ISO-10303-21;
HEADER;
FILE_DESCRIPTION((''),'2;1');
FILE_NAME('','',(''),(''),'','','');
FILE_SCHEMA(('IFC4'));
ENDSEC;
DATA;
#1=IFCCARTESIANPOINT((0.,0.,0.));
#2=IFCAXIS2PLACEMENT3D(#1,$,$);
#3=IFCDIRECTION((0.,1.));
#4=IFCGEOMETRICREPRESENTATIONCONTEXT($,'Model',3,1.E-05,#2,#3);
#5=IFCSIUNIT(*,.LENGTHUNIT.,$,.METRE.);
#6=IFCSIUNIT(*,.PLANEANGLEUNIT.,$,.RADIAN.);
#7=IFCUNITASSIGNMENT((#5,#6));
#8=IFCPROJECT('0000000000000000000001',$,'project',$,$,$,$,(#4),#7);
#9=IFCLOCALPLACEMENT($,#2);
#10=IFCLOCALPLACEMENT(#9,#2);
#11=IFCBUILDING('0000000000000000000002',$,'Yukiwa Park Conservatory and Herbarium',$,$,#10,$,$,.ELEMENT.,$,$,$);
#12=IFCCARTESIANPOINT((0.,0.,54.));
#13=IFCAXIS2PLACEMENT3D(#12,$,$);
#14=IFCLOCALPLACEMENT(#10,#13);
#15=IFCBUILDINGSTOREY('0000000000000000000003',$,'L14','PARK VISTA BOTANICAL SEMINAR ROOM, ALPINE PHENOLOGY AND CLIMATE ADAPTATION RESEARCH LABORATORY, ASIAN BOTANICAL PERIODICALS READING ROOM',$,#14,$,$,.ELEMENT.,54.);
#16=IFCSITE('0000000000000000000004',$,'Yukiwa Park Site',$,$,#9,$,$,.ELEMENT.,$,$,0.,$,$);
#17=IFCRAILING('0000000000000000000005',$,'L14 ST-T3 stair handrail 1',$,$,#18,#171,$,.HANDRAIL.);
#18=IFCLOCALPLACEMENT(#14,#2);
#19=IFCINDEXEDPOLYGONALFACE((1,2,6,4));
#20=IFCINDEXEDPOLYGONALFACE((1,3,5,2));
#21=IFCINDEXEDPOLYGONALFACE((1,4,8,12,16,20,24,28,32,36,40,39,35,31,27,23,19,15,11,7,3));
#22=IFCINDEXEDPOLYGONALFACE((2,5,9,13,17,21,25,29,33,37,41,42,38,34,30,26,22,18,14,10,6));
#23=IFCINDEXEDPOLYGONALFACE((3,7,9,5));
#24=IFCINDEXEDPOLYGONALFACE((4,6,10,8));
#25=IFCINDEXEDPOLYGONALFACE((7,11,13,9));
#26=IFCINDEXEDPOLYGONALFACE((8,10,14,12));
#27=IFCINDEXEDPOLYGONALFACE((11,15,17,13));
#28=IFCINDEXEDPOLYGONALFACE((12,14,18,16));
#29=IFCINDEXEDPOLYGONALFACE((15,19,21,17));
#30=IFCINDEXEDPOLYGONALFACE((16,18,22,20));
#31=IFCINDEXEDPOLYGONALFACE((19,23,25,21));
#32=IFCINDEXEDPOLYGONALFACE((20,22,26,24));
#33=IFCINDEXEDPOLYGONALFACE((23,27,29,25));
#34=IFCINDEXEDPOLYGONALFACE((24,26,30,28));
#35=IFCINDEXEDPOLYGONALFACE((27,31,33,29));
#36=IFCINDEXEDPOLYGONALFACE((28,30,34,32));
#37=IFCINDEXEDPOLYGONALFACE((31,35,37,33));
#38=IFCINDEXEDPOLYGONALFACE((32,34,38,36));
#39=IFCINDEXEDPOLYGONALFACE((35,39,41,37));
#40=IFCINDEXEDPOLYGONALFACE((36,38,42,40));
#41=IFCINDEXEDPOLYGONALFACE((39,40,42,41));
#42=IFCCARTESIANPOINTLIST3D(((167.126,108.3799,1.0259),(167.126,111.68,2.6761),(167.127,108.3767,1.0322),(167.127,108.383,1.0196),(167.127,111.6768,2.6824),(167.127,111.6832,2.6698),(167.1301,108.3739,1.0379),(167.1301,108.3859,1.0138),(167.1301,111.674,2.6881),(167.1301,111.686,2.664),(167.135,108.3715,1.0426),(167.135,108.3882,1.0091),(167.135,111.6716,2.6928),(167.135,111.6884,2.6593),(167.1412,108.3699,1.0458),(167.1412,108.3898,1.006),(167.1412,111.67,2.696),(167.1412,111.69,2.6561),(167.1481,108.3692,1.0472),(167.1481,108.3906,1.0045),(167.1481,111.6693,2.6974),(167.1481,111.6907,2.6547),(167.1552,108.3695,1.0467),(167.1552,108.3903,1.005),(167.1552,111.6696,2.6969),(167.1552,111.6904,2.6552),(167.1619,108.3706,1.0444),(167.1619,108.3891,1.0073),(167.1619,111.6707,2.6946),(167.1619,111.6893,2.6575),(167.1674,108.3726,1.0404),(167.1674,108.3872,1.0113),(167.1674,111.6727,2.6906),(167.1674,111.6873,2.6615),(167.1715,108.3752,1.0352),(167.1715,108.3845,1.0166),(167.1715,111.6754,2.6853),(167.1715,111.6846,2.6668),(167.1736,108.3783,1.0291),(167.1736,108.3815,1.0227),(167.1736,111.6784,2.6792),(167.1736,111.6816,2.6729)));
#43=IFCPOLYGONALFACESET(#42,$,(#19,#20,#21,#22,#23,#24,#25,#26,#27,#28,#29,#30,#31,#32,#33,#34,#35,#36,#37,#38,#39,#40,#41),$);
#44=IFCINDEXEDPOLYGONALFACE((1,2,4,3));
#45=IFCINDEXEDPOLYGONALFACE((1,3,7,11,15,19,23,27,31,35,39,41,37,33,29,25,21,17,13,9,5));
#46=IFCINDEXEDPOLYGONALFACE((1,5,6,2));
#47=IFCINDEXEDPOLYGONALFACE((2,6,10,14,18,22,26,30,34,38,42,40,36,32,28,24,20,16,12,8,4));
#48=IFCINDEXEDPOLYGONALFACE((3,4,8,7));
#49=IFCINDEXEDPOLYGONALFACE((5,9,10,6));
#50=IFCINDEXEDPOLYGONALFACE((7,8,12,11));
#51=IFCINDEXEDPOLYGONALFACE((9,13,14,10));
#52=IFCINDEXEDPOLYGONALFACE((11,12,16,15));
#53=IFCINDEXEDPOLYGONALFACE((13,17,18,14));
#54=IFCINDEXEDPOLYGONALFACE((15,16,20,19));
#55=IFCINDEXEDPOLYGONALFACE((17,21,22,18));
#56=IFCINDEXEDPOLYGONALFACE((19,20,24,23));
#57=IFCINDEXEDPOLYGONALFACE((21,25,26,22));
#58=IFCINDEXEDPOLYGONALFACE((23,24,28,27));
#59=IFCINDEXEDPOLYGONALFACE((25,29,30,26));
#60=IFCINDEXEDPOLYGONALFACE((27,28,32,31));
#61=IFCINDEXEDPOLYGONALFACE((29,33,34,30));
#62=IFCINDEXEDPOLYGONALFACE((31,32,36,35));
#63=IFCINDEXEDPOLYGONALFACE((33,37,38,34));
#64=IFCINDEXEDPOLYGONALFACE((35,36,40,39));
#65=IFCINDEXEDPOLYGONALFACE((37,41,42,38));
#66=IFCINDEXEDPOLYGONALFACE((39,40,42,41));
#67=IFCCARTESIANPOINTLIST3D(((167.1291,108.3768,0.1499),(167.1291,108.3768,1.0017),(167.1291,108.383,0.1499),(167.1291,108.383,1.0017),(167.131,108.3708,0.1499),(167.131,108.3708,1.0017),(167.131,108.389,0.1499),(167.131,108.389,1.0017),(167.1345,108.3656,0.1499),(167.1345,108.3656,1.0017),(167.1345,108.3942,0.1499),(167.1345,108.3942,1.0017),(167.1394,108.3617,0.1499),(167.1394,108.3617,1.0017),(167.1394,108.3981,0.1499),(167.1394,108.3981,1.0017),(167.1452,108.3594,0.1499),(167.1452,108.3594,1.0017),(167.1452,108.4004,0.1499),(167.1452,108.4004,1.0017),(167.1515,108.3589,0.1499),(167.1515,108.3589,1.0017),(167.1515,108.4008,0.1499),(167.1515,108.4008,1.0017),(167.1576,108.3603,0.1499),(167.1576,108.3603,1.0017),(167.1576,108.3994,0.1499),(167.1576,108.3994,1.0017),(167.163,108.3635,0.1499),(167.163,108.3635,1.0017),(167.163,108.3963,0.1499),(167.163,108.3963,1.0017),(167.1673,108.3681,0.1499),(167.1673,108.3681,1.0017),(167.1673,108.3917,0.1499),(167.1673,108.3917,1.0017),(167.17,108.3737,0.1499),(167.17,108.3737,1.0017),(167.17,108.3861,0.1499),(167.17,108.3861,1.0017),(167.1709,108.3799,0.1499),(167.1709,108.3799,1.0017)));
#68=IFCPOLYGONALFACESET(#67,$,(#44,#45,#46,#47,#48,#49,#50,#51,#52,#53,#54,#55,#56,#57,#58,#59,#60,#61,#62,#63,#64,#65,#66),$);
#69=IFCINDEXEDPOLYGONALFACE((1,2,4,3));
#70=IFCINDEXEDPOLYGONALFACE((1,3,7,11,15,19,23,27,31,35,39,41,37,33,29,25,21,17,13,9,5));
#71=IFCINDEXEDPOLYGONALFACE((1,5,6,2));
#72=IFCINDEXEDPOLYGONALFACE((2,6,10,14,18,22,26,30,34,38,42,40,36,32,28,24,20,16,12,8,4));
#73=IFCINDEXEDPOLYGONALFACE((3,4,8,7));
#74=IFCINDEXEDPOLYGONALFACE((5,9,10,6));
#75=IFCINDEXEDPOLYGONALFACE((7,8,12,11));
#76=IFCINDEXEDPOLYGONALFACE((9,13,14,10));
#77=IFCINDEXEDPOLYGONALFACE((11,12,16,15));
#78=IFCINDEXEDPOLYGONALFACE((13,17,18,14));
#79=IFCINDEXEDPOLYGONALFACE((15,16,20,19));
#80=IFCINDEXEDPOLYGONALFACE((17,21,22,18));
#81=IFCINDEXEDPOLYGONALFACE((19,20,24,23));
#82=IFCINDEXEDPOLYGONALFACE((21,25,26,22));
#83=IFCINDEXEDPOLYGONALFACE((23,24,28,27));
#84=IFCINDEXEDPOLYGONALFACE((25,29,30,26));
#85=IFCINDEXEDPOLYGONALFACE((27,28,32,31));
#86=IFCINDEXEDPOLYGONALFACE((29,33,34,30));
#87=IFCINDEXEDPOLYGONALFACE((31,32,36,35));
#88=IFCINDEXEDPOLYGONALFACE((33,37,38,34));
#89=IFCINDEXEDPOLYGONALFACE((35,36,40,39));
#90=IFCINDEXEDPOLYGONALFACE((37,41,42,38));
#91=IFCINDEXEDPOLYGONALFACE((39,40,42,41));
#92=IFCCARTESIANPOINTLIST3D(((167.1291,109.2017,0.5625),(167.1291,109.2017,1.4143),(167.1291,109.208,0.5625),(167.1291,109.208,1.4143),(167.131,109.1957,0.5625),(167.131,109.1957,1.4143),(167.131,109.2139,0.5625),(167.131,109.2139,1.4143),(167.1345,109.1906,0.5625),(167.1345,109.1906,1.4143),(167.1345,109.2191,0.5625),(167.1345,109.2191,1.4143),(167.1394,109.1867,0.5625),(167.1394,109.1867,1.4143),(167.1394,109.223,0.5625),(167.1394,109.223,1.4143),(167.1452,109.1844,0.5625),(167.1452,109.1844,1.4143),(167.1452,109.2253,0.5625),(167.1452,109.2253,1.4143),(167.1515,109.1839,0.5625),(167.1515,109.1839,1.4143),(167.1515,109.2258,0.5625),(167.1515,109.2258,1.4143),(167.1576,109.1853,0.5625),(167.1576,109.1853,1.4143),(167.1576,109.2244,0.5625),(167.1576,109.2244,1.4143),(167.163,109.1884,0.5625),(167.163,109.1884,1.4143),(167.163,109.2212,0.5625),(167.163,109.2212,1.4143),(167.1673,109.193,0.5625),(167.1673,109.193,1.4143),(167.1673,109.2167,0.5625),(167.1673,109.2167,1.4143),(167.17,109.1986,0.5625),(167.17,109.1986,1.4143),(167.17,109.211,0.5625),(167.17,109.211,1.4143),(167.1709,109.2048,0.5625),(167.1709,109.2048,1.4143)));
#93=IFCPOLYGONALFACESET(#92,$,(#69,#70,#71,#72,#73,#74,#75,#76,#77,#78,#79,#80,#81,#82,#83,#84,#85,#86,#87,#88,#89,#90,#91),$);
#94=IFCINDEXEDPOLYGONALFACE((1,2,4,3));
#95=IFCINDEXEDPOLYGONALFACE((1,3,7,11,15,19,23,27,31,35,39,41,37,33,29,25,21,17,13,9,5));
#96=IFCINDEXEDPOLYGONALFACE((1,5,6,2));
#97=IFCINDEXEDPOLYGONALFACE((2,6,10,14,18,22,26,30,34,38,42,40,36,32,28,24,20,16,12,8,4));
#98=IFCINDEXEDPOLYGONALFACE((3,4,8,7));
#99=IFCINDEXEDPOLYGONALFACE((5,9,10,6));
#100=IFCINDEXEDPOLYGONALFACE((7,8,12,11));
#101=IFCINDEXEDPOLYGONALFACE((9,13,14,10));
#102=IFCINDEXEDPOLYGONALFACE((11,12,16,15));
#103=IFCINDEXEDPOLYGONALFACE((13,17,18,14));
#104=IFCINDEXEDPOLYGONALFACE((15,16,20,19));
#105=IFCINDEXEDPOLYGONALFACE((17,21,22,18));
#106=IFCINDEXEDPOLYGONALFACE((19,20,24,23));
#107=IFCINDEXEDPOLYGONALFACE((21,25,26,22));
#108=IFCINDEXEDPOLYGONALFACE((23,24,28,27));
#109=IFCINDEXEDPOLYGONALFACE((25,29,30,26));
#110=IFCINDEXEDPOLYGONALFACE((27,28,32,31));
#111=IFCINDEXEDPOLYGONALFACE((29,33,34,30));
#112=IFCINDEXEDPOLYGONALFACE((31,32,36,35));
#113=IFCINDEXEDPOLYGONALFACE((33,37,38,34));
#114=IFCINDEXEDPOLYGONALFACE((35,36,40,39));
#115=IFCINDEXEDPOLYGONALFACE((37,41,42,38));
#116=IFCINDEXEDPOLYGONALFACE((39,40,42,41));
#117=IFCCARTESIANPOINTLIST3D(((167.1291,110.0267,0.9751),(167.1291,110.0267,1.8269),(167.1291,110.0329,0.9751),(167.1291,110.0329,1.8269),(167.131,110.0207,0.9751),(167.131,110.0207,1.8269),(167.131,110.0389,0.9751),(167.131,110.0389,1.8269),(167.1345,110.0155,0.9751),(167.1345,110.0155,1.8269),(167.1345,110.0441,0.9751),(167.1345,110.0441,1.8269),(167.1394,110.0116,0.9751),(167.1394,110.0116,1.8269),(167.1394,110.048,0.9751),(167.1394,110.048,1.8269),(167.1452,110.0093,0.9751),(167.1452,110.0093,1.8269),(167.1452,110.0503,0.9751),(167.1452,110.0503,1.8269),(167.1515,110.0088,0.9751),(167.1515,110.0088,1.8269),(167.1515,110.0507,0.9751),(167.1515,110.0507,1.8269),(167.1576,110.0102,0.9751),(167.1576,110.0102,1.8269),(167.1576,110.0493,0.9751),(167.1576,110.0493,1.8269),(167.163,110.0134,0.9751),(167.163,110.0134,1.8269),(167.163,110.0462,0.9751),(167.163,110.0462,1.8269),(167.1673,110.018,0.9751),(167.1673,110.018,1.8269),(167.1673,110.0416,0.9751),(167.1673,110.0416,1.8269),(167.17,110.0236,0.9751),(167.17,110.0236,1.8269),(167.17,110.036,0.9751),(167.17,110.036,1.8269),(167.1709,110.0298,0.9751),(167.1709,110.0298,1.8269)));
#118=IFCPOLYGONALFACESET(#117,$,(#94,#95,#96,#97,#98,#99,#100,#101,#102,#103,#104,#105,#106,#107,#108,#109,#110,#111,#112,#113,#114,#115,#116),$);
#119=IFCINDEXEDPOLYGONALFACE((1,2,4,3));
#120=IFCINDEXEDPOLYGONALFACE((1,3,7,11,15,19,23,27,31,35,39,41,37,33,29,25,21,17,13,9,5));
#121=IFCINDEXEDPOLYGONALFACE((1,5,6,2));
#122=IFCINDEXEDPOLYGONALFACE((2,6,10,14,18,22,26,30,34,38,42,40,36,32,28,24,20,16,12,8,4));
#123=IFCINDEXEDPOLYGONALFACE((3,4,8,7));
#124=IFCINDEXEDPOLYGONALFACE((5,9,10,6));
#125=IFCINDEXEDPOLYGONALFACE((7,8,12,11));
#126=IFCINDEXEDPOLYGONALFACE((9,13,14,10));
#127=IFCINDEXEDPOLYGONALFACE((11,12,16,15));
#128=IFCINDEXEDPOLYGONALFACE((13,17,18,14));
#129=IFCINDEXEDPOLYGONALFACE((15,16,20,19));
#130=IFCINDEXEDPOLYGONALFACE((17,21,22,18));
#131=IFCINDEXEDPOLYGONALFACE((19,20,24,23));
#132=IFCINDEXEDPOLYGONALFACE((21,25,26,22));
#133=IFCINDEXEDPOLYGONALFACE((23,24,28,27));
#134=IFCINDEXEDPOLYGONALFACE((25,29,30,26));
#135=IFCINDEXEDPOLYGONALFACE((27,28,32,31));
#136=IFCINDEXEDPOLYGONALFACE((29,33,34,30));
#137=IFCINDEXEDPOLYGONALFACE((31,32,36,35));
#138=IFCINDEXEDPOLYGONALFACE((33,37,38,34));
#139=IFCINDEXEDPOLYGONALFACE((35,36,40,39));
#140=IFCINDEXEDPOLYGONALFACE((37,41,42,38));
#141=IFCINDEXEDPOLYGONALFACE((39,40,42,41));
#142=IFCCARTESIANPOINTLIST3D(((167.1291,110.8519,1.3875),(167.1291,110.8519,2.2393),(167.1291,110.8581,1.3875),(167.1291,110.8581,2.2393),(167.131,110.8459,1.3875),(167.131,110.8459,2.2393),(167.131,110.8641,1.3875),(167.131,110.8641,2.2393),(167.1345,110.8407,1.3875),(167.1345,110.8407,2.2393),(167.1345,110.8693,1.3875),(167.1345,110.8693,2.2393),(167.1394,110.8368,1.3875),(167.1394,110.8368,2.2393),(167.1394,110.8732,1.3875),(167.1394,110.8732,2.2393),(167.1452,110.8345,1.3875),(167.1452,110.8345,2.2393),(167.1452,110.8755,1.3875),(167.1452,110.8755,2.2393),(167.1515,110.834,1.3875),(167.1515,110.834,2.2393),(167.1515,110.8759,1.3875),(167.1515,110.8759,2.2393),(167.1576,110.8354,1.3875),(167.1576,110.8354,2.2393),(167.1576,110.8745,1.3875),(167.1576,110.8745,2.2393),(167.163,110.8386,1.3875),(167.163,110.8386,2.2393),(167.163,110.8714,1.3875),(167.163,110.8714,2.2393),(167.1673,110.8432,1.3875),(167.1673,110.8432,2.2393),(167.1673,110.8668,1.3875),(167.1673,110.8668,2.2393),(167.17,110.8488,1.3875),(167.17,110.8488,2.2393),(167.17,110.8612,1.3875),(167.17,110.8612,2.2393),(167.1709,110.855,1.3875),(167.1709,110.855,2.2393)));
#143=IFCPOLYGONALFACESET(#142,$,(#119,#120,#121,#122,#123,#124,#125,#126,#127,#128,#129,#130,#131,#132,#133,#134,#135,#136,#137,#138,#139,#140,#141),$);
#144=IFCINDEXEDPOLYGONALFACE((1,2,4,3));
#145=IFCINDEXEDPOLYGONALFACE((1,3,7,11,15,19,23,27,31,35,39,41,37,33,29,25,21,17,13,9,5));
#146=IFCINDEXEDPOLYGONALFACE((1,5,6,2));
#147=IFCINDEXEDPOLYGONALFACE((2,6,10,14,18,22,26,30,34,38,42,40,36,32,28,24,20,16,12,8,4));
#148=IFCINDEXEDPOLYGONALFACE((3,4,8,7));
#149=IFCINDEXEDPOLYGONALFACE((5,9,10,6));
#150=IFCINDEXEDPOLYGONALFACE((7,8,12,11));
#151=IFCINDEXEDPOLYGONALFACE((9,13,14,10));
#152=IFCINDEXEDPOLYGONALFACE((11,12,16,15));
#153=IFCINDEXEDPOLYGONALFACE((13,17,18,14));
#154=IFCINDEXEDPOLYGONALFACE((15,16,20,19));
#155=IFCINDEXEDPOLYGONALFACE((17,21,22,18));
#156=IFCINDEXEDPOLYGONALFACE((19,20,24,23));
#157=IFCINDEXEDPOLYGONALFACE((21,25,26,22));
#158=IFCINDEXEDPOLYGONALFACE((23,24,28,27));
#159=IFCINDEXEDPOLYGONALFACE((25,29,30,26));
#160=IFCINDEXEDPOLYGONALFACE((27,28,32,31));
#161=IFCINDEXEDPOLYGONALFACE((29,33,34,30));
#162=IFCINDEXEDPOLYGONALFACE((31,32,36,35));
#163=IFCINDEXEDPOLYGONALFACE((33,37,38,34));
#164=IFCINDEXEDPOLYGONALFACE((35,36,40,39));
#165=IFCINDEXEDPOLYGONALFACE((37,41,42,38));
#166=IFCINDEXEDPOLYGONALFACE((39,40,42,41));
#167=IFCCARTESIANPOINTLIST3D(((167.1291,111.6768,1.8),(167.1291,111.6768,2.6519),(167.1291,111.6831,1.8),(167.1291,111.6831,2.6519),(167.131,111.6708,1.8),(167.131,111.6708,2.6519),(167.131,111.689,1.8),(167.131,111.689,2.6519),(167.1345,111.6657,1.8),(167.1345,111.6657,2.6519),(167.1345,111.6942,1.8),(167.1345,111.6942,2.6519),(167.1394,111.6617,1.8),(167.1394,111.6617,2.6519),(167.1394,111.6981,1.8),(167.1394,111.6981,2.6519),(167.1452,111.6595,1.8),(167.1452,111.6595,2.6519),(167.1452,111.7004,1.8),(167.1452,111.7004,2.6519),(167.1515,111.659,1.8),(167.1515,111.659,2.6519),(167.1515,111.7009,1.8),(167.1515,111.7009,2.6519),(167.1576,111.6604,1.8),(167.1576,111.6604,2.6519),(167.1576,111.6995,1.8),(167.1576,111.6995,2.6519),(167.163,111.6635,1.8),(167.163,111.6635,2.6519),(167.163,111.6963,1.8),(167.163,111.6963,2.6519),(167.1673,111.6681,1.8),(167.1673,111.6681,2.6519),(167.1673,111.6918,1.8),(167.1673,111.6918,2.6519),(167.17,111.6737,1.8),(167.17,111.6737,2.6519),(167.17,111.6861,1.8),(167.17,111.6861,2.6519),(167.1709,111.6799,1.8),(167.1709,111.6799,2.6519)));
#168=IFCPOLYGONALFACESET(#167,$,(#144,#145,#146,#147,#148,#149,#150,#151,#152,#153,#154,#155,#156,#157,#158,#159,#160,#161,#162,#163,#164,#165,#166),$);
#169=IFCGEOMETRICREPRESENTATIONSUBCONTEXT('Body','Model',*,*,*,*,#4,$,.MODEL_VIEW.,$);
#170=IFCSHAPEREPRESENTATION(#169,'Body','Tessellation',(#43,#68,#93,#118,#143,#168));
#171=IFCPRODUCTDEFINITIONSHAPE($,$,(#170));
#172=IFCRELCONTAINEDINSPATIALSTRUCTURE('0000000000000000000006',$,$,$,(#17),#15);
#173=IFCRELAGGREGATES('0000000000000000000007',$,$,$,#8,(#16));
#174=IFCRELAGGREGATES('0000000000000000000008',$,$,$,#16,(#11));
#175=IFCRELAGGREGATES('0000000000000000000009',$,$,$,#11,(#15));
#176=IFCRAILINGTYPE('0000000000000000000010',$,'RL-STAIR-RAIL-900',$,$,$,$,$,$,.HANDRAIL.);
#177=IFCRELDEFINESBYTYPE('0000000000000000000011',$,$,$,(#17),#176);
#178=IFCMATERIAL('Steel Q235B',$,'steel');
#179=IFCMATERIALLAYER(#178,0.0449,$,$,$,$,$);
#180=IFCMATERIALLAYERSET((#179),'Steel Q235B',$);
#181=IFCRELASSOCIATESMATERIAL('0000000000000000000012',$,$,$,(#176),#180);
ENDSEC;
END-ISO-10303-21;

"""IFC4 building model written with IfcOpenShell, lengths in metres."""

from ifc_helpers import new_model, si_unit, direction, frame, origin, origin_2d, place, context, subcontext, project, spatial, circle, extrude, material, layer, layer_set, type_object, element, save


model = new_model("IFC4")

# Units and contexts
model_context = context("Model", 3, precision=1e-05, world=origin(), true_north=direction((0.0, 1.0)))
body_context = subcontext(model_context, "Body", "Model", "MODEL_VIEW")
ifc_project = project(units=[si_unit("LENGTHUNIT", "METRE"), si_unit("PLANEANGLEUNIT", "RADIAN")], contexts=[model_context])

# Site, building, storey
site_placement = place(None, origin())
site = spatial("IfcSite", under=ifc_project, at=site_placement, Name="Yukiwa Park Site", CompositionType="ELEMENT", RefElevation=0.0)
building_placement = place(site_placement, origin())
building = spatial("IfcBuilding", under=site, at=building_placement, Name="Yukiwa Park Conservatory and Herbarium", CompositionType="ELEMENT")
storey_placement = place(building_placement, frame((0.0, 0.0, 54.0)))
storey = spatial("IfcBuildingStorey", under=building, at=storey_placement, Name="L14", Description="PARK VISTA BOTANICAL SEMINAR ROOM, ALPINE PHENOLOGY AND CLIMATE ADAPTATION RESEARCH LABORATORY, ASIAN BOTANICAL PERIODICALS READING ROOM", CompositionType="ELEMENT", Elevation=54.0)

# Railing
ifc_material_1 = material(Name="Steel Q235B", Category="steel")
ifc_layer_1 = layer(ifc_material_1, 0.0449)
ifc_layer_set_1 = layer_set([ifc_layer_1], Name="Steel Q235B")
railing_type_1 = type_object("IfcRailingType", Name="RL-STAIR-RAIL-900", PredefinedType="HANDRAIL", material=ifc_layer_set_1)
railing_1_placement = place(storey_placement, frame((167.1499, 108.3799, 0.1499)))
element("IfcRailing", 1, at=railing_1_placement, inside=storey, type_object=railing_type_1, Name="L14 ST-T3 stair handrail 1", PredefinedType="HANDRAIL", context=body_context, shape_type="SweptSolid", body=[
    extrude(circle(Radius=0.0239, at=origin_2d()), frame((0.0, 0.0, 0.876), z_axis=(0.0, 0.894414, 0.44724), x_axis=(-1.0, 0.0, 0.0)), (0.0, 0.0, 1.0), 3.6897),
    extrude(circle(Radius=0.021, at=origin_2d()), origin(), (0.0, 0.0, 1.0), 0.8518),
    extrude(circle(Radius=0.021, at=origin_2d()), frame((0.0, 0.825, 0.4126)), (0.0, 0.0, 1.0), 0.8518),
    extrude(circle(Radius=0.021, at=origin_2d()), frame((0.0, 1.6499, 0.8252)), (0.0, 0.0, 1.0), 0.8518),
    extrude(circle(Radius=0.021, at=origin_2d()), frame((0.0, 2.4751, 1.2375)), (0.0, 0.0, 1.0), 0.8518),
    extrude(circle(Radius=0.021, at=origin_2d()), frame((0.0, 3.3, 1.6501)), (0.0, 0.0, 1.0), 0.8518),
])

save(model, "model.ifc")
